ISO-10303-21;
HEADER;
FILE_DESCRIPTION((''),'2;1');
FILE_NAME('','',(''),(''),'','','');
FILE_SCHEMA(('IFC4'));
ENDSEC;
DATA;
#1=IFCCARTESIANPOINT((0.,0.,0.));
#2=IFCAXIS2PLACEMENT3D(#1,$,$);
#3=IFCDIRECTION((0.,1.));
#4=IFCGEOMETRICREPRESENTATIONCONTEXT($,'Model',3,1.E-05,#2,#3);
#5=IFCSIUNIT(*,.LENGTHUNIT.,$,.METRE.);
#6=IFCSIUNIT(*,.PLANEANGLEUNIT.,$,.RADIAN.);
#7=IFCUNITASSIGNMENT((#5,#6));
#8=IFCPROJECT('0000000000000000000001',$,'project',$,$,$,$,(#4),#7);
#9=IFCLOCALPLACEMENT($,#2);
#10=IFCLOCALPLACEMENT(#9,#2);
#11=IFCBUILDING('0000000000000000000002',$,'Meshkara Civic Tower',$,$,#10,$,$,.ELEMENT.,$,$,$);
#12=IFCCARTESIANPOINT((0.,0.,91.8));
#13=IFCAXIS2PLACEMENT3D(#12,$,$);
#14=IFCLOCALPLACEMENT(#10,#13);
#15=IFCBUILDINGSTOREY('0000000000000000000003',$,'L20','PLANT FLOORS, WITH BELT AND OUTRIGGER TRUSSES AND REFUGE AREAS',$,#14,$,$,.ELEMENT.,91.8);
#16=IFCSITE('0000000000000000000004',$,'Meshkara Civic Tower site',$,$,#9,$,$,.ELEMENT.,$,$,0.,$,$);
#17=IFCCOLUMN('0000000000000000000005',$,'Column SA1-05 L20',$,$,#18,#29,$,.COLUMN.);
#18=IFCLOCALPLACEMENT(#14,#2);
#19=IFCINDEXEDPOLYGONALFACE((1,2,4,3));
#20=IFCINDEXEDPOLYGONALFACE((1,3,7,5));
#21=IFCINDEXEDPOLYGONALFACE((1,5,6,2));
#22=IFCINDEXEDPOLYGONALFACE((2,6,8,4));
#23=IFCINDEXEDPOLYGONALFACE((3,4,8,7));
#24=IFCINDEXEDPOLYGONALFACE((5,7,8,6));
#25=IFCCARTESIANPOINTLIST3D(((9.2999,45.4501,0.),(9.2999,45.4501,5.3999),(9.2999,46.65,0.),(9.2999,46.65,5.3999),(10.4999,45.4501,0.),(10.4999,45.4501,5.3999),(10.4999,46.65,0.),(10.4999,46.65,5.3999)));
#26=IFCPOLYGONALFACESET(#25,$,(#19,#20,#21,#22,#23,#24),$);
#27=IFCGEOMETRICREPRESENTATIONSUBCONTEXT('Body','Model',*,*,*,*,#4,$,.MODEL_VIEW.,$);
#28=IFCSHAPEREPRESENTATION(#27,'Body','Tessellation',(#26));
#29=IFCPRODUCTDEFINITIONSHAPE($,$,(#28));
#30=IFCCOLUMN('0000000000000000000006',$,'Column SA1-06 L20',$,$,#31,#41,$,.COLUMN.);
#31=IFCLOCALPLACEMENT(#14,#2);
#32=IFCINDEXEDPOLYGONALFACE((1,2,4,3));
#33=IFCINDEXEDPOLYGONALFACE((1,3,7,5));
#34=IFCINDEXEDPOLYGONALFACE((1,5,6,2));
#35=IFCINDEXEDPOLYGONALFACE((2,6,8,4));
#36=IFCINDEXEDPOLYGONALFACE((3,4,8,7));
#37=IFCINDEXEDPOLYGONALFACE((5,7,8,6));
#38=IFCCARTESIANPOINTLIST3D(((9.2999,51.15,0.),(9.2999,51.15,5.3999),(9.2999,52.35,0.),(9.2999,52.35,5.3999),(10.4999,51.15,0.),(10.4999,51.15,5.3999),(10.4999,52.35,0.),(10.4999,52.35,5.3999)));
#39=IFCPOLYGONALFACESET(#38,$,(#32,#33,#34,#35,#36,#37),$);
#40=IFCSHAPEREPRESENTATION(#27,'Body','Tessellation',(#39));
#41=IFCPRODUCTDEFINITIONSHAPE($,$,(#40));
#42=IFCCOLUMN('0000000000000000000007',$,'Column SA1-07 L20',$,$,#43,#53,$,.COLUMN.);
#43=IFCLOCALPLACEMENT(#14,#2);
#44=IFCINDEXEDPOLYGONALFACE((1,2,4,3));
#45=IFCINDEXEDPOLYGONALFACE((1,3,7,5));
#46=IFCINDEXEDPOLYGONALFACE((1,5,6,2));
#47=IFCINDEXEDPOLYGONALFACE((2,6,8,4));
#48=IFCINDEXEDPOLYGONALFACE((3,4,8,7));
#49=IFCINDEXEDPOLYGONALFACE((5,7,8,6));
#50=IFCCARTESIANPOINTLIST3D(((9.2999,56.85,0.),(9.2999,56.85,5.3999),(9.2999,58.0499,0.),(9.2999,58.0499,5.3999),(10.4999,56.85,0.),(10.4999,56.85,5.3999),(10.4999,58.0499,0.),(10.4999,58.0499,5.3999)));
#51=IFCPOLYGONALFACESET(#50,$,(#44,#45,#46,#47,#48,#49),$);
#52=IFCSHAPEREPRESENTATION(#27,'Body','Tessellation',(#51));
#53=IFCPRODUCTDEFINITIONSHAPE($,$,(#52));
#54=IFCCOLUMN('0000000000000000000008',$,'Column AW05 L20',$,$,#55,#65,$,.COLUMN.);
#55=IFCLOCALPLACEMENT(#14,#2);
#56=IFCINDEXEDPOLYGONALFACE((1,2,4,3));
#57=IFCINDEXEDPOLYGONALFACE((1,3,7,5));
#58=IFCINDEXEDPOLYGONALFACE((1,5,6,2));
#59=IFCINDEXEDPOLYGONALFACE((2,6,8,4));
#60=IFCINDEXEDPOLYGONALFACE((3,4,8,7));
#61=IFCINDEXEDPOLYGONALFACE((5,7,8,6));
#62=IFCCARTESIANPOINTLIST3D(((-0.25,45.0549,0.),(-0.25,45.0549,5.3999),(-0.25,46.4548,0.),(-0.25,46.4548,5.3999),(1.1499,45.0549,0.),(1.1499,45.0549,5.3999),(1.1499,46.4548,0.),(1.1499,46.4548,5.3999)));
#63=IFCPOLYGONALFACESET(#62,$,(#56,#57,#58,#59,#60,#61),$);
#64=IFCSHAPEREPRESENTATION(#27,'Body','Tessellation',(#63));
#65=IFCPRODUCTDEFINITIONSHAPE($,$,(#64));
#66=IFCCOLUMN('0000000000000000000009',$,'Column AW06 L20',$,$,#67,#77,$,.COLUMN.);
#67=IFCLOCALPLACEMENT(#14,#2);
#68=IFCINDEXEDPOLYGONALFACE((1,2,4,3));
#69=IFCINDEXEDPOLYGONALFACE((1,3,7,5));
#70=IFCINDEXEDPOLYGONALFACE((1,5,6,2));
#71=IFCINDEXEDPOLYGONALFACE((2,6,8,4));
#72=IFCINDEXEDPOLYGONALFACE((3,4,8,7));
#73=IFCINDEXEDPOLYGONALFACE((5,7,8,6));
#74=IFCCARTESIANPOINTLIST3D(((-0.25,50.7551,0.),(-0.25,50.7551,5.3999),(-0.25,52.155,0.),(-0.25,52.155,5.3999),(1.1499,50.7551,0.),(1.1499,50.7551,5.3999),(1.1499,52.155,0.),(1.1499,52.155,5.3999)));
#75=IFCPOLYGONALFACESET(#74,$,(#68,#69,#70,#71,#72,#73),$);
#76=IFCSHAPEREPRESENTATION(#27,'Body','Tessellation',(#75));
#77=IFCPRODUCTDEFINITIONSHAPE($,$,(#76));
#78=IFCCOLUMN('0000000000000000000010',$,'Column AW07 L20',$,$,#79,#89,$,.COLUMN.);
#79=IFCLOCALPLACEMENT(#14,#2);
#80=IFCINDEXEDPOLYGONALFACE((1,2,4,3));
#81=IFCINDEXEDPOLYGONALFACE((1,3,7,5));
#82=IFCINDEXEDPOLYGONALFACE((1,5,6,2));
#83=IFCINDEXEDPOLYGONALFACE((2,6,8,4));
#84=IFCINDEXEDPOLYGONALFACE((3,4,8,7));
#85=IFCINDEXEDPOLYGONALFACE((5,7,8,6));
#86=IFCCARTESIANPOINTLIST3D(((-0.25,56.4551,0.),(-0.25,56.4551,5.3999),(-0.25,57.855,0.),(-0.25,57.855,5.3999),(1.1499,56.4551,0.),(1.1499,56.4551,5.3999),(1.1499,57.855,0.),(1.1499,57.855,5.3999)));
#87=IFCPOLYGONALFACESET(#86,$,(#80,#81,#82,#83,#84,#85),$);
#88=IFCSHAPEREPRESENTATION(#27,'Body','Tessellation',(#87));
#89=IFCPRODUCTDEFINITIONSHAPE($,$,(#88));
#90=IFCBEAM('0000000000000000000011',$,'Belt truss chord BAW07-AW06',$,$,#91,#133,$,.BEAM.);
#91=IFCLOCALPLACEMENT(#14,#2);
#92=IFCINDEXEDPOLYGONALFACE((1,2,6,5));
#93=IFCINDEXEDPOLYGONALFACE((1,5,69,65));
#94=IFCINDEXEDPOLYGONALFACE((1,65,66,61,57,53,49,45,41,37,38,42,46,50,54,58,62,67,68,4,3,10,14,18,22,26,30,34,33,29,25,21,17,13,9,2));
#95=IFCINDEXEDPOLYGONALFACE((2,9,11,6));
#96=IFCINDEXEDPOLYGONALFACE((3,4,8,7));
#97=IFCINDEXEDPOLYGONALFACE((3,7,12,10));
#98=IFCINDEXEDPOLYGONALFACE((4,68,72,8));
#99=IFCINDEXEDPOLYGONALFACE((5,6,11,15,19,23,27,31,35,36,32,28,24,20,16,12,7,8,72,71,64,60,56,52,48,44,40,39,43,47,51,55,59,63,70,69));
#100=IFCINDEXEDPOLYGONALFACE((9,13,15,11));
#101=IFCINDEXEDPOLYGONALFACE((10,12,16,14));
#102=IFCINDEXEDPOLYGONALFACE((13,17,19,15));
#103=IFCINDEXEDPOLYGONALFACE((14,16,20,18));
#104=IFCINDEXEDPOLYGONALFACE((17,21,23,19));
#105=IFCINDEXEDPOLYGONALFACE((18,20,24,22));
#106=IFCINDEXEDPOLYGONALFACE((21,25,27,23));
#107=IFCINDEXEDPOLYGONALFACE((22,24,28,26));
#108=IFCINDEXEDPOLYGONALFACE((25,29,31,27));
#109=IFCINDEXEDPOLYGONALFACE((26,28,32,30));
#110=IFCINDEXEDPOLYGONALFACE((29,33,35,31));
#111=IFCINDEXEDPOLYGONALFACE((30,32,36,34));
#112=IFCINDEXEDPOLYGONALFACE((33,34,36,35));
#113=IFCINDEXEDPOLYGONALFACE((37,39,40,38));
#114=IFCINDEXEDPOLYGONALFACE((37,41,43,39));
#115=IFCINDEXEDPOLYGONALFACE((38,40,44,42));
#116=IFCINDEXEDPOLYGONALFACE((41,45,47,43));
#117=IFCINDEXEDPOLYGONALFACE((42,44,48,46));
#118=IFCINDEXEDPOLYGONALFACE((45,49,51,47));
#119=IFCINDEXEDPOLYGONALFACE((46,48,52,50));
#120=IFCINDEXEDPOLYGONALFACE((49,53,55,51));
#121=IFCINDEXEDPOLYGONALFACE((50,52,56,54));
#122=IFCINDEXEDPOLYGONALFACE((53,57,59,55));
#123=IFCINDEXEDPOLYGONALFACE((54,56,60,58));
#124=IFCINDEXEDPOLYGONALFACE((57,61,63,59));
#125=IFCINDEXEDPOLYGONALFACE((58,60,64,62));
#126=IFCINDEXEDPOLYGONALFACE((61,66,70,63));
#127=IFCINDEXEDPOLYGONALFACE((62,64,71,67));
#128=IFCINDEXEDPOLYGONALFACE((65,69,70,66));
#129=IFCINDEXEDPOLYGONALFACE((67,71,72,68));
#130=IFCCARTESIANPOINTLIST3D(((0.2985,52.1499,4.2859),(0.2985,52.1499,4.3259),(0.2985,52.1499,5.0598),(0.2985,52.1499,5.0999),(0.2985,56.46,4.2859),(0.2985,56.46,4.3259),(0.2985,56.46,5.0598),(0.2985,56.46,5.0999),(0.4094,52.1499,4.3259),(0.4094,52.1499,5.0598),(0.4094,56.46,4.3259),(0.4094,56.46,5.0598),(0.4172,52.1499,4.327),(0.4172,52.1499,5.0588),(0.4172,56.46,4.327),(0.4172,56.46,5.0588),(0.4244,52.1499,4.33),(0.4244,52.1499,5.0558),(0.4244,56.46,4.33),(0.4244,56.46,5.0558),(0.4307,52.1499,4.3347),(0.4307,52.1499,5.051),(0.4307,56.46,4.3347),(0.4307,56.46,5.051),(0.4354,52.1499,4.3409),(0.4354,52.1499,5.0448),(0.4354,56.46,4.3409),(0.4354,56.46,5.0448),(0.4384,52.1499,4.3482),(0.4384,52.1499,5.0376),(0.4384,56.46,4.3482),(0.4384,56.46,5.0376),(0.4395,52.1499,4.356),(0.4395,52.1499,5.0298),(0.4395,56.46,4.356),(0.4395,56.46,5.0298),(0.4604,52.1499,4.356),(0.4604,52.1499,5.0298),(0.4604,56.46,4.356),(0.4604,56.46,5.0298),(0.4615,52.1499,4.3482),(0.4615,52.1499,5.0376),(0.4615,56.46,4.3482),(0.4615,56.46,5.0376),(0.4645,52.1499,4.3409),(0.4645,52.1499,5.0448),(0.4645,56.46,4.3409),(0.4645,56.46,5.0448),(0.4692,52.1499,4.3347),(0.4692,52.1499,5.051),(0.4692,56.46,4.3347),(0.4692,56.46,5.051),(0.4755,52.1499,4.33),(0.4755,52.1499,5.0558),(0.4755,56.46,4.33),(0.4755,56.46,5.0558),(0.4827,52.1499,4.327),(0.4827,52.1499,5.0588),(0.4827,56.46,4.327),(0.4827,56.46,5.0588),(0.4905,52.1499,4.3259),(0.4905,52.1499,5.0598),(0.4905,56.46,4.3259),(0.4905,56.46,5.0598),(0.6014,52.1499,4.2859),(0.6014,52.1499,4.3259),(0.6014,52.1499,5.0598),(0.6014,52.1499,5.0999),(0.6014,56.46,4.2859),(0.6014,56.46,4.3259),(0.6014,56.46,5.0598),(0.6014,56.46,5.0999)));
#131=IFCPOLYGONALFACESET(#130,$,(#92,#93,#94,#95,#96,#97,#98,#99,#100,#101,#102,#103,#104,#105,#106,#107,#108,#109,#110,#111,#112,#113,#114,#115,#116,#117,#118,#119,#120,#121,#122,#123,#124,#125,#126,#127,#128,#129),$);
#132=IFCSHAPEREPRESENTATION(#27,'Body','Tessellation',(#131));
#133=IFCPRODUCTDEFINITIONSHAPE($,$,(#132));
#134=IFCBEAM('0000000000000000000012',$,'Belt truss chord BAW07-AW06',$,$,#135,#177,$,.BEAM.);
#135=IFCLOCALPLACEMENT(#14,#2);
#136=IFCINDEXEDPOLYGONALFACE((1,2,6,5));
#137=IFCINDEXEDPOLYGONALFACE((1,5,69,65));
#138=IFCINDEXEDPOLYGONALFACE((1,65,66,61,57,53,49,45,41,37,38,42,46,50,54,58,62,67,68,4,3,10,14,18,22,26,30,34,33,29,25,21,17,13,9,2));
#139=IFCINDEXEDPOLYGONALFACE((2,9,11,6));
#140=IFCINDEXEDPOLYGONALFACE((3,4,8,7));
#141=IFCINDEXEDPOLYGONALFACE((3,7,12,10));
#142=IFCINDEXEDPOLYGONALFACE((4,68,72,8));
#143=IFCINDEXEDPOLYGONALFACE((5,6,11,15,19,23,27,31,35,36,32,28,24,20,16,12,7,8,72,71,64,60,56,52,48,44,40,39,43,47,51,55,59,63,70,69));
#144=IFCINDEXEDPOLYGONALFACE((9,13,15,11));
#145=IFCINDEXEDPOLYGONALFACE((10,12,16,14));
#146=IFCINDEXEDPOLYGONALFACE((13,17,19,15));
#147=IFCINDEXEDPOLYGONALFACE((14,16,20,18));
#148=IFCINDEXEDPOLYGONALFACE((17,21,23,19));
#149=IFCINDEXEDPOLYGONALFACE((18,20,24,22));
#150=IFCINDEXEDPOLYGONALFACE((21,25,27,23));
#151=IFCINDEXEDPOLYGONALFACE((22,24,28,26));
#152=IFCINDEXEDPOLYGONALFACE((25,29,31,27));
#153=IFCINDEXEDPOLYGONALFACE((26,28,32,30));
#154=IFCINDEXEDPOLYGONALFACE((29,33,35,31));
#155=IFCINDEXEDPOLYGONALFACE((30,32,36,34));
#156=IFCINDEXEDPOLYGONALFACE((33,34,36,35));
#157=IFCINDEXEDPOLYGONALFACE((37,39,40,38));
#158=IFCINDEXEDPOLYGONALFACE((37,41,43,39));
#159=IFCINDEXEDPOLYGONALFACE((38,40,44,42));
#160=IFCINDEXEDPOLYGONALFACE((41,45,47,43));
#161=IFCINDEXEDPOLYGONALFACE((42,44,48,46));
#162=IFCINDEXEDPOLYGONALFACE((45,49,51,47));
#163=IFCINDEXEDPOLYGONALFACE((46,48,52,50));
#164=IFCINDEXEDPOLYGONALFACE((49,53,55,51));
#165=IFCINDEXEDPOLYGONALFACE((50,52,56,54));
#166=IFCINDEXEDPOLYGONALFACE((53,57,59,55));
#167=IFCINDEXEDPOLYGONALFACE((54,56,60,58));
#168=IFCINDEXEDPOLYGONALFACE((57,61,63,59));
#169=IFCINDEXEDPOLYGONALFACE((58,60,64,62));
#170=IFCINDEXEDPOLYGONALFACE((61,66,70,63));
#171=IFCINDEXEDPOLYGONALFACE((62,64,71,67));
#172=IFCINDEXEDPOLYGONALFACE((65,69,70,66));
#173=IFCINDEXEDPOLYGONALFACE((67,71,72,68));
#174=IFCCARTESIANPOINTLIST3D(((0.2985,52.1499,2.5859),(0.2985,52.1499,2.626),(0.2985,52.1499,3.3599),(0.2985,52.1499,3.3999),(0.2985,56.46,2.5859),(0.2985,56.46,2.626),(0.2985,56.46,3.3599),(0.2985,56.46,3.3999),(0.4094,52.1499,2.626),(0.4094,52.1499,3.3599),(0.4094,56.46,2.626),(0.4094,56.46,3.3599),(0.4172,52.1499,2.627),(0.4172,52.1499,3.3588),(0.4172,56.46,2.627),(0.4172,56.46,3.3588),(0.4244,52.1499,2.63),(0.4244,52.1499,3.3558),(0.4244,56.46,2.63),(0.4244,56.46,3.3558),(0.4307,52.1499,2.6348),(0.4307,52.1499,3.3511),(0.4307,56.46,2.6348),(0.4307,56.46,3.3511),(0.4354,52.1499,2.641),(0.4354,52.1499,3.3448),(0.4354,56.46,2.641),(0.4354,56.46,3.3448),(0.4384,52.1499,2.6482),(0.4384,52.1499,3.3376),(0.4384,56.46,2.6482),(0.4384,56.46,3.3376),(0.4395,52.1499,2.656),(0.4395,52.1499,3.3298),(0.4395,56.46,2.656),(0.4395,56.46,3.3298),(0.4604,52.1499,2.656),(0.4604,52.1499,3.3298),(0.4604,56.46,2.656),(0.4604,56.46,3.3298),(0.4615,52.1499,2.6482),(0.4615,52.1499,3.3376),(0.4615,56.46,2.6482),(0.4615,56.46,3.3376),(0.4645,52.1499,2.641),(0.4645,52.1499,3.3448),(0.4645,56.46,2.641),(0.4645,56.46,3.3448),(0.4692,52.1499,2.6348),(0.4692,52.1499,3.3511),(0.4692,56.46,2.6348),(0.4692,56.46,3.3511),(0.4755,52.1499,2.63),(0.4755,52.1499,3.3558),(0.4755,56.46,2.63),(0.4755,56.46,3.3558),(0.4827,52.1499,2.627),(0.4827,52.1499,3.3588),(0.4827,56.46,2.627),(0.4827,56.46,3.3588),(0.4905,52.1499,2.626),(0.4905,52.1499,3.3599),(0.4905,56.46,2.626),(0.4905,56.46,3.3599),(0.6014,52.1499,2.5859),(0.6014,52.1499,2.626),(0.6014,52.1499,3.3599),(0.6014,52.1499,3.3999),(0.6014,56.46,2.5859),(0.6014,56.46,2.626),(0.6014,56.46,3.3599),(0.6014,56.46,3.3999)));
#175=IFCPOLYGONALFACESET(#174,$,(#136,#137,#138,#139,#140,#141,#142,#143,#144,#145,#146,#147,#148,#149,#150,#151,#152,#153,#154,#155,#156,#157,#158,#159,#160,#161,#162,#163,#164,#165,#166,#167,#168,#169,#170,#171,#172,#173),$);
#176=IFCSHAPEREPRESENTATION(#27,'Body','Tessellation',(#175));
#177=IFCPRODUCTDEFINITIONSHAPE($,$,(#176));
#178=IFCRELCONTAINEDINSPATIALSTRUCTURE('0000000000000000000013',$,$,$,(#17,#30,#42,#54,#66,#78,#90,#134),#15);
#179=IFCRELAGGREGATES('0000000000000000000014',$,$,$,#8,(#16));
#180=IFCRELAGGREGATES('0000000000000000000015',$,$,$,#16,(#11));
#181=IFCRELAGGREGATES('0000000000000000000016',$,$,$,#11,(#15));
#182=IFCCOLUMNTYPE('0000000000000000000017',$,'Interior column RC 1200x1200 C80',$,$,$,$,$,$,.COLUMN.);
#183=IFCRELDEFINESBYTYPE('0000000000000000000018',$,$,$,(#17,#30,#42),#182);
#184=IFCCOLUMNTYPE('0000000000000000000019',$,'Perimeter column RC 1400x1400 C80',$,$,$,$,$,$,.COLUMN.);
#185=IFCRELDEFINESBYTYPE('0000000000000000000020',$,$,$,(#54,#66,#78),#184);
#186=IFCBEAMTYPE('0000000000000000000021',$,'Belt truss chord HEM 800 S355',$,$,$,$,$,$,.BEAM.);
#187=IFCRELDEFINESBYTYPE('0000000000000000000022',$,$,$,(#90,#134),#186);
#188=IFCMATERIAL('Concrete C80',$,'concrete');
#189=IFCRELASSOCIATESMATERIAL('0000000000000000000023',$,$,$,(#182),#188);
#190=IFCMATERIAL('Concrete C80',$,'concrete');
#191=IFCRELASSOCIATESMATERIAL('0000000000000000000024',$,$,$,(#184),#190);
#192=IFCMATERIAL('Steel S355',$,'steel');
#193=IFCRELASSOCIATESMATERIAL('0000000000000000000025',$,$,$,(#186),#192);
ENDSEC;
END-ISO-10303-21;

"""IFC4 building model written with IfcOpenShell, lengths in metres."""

from ifc_helpers import new_model, si_unit, direction, frame, origin, origin_2d, place, context, subcontext, project, spatial, rectangle, i_section, extrude, material, material_profile, profile_set, type_object, element, save


model = new_model("IFC4")

# Units and contexts
model_context = context("Model", 3, precision=1e-05, world=origin(), true_north=direction((0.0, 1.0)))
body_context = subcontext(model_context, "Body", "Model", "MODEL_VIEW")
ifc_project = project(units=[si_unit("LENGTHUNIT", "METRE"), si_unit("PLANEANGLEUNIT", "RADIAN")], contexts=[model_context])

# Site, building, storey
site_placement = place(None, origin())
site = spatial("IfcSite", under=ifc_project, at=site_placement, Name="Meshkara Civic Tower site", CompositionType="ELEMENT", RefElevation=0.0)
building_placement = place(site_placement, origin())
building = spatial("IfcBuilding", under=site, at=building_placement, Name="Meshkara Civic Tower", CompositionType="ELEMENT")
storey_placement = place(building_placement, frame((0.0, 0.0, 91.8)))
storey = spatial("IfcBuildingStorey", under=building, at=storey_placement, Name="L20", Description="PLANT FLOORS, WITH BELT AND OUTRIGGER TRUSSES AND REFUGE AREAS", CompositionType="ELEMENT", Elevation=91.8)

# Columns
ifc_material_1 = material(Name="Concrete C80", Category="concrete")
ifc_material_profile_1 = material_profile(ifc_material_1, rectangle(XDim=1.2, YDim=1.2, at=origin_2d()))
ifc_profile_set_1 = profile_set([ifc_material_profile_1], Name="Concrete C80")
column_type_1 = type_object("IfcColumnType", Name="Interior column RC 1200x1200 C80", PredefinedType="COLUMN", material=ifc_profile_set_1)
for number, where, z_axis, x_axis, name in (
    (1, (9.8999, 46.05, 0.0), (0.0, 0.0, 1.0), (1.0, 0.0, 0.0), "Column SA1-05 L20"),
    (2, (9.8999, 51.75, 0.0), (0.0, 0.0, 1.0), (1.0, 0.0, 0.0), "Column SA1-06 L20"),
    (3, (9.8999, 57.45, 0.0), (0.0, 0.0, 1.0), (1.0, 0.0, 0.0), "Column SA1-07 L20"),
):
    element("IfcColumn", number, at=place(storey_placement, frame(where, z_axis=z_axis, x_axis=x_axis)), inside=storey, type_object=column_type_1, Name=name, PredefinedType="COLUMN", context=body_context, shape_type="SweptSolid", body=[
        extrude(rectangle(XDim=1.2, YDim=1.2, at=origin_2d()), origin(), (0.0, 0.0, 1.0), 5.3999),
    ])
ifc_material_2 = material(Name="Concrete C80", Category="concrete")
ifc_material_profile_2 = material_profile(ifc_material_2, rectangle(XDim=1.3999, YDim=1.3999, at=origin_2d()))
ifc_profile_set_2 = profile_set([ifc_material_profile_2], Name="Concrete C80")
column_type_2 = type_object("IfcColumnType", Name="Perimeter column RC 1400x1400 C80", PredefinedType="COLUMN", material=ifc_profile_set_2)
for number, where, z_axis, x_axis, name in (
    (4, (0.45, 45.7549, 0.0), (0.0, 0.0, 1.0), (1.0, 0.0, 0.0), "Column AW05 L20"),
    (5, (0.45, 51.4551, 0.0), (0.0, 0.0, 1.0), (1.0, 0.0, 0.0), "Column AW06 L20"),
    (6, (0.45, 57.155, 0.0), (0.0, 0.0, 1.0), (1.0, 0.0, 0.0), "Column AW07 L20"),
):
    element("IfcColumn", number, at=place(storey_placement, frame(where, z_axis=z_axis, x_axis=x_axis)), inside=storey, type_object=column_type_2, Name=name, PredefinedType="COLUMN", context=body_context, shape_type="SweptSolid", body=[
        extrude(rectangle(XDim=1.3999, YDim=1.3999, at=origin_2d()), origin(), (0.0, 0.0, 1.0), 5.3999),
    ])

# Beams
ifc_material_3 = material(Name="Steel S355", Category="steel")
ifc_material_profile_3 = material_profile(ifc_material_3, i_section(OverallWidth=0.303, OverallDepth=0.814, WebThickness=0.021, FlangeThickness=0.04, FilletRadius=0.03, at=origin_2d()))
ifc_profile_set_3 = profile_set([ifc_material_profile_3], Name="Steel S355")
beam_type_1 = type_object("IfcBeamType", Name="Belt truss chord HEM 800 S355", PredefinedType="BEAM", material=ifc_profile_set_3)
for number, where, z_axis, x_axis, name in (
    (7, (0.45, 56.46, 4.6929), (0.0, -1.0, 0.0), (1.0, 0.0, 0.0), "Belt truss chord BAW07-AW06"),
    (8, (0.45, 56.46, 2.9929), (0.0, -1.0, 0.0), (1.0, 0.0, 0.0), "Belt truss chord BAW07-AW06"),
):
    element("IfcBeam", number, at=place(storey_placement, frame(where, z_axis=z_axis, x_axis=x_axis)), inside=storey, type_object=beam_type_1, Name=name, PredefinedType="BEAM", context=body_context, shape_type="SweptSolid", body=[
        extrude(i_section(OverallWidth=0.303, OverallDepth=0.814, WebThickness=0.021, FlangeThickness=0.04, FilletRadius=0.03, at=origin_2d()), origin(), (0.0, 0.0, 1.0), 4.3101),
    ])

save(model, "model.ifc")
